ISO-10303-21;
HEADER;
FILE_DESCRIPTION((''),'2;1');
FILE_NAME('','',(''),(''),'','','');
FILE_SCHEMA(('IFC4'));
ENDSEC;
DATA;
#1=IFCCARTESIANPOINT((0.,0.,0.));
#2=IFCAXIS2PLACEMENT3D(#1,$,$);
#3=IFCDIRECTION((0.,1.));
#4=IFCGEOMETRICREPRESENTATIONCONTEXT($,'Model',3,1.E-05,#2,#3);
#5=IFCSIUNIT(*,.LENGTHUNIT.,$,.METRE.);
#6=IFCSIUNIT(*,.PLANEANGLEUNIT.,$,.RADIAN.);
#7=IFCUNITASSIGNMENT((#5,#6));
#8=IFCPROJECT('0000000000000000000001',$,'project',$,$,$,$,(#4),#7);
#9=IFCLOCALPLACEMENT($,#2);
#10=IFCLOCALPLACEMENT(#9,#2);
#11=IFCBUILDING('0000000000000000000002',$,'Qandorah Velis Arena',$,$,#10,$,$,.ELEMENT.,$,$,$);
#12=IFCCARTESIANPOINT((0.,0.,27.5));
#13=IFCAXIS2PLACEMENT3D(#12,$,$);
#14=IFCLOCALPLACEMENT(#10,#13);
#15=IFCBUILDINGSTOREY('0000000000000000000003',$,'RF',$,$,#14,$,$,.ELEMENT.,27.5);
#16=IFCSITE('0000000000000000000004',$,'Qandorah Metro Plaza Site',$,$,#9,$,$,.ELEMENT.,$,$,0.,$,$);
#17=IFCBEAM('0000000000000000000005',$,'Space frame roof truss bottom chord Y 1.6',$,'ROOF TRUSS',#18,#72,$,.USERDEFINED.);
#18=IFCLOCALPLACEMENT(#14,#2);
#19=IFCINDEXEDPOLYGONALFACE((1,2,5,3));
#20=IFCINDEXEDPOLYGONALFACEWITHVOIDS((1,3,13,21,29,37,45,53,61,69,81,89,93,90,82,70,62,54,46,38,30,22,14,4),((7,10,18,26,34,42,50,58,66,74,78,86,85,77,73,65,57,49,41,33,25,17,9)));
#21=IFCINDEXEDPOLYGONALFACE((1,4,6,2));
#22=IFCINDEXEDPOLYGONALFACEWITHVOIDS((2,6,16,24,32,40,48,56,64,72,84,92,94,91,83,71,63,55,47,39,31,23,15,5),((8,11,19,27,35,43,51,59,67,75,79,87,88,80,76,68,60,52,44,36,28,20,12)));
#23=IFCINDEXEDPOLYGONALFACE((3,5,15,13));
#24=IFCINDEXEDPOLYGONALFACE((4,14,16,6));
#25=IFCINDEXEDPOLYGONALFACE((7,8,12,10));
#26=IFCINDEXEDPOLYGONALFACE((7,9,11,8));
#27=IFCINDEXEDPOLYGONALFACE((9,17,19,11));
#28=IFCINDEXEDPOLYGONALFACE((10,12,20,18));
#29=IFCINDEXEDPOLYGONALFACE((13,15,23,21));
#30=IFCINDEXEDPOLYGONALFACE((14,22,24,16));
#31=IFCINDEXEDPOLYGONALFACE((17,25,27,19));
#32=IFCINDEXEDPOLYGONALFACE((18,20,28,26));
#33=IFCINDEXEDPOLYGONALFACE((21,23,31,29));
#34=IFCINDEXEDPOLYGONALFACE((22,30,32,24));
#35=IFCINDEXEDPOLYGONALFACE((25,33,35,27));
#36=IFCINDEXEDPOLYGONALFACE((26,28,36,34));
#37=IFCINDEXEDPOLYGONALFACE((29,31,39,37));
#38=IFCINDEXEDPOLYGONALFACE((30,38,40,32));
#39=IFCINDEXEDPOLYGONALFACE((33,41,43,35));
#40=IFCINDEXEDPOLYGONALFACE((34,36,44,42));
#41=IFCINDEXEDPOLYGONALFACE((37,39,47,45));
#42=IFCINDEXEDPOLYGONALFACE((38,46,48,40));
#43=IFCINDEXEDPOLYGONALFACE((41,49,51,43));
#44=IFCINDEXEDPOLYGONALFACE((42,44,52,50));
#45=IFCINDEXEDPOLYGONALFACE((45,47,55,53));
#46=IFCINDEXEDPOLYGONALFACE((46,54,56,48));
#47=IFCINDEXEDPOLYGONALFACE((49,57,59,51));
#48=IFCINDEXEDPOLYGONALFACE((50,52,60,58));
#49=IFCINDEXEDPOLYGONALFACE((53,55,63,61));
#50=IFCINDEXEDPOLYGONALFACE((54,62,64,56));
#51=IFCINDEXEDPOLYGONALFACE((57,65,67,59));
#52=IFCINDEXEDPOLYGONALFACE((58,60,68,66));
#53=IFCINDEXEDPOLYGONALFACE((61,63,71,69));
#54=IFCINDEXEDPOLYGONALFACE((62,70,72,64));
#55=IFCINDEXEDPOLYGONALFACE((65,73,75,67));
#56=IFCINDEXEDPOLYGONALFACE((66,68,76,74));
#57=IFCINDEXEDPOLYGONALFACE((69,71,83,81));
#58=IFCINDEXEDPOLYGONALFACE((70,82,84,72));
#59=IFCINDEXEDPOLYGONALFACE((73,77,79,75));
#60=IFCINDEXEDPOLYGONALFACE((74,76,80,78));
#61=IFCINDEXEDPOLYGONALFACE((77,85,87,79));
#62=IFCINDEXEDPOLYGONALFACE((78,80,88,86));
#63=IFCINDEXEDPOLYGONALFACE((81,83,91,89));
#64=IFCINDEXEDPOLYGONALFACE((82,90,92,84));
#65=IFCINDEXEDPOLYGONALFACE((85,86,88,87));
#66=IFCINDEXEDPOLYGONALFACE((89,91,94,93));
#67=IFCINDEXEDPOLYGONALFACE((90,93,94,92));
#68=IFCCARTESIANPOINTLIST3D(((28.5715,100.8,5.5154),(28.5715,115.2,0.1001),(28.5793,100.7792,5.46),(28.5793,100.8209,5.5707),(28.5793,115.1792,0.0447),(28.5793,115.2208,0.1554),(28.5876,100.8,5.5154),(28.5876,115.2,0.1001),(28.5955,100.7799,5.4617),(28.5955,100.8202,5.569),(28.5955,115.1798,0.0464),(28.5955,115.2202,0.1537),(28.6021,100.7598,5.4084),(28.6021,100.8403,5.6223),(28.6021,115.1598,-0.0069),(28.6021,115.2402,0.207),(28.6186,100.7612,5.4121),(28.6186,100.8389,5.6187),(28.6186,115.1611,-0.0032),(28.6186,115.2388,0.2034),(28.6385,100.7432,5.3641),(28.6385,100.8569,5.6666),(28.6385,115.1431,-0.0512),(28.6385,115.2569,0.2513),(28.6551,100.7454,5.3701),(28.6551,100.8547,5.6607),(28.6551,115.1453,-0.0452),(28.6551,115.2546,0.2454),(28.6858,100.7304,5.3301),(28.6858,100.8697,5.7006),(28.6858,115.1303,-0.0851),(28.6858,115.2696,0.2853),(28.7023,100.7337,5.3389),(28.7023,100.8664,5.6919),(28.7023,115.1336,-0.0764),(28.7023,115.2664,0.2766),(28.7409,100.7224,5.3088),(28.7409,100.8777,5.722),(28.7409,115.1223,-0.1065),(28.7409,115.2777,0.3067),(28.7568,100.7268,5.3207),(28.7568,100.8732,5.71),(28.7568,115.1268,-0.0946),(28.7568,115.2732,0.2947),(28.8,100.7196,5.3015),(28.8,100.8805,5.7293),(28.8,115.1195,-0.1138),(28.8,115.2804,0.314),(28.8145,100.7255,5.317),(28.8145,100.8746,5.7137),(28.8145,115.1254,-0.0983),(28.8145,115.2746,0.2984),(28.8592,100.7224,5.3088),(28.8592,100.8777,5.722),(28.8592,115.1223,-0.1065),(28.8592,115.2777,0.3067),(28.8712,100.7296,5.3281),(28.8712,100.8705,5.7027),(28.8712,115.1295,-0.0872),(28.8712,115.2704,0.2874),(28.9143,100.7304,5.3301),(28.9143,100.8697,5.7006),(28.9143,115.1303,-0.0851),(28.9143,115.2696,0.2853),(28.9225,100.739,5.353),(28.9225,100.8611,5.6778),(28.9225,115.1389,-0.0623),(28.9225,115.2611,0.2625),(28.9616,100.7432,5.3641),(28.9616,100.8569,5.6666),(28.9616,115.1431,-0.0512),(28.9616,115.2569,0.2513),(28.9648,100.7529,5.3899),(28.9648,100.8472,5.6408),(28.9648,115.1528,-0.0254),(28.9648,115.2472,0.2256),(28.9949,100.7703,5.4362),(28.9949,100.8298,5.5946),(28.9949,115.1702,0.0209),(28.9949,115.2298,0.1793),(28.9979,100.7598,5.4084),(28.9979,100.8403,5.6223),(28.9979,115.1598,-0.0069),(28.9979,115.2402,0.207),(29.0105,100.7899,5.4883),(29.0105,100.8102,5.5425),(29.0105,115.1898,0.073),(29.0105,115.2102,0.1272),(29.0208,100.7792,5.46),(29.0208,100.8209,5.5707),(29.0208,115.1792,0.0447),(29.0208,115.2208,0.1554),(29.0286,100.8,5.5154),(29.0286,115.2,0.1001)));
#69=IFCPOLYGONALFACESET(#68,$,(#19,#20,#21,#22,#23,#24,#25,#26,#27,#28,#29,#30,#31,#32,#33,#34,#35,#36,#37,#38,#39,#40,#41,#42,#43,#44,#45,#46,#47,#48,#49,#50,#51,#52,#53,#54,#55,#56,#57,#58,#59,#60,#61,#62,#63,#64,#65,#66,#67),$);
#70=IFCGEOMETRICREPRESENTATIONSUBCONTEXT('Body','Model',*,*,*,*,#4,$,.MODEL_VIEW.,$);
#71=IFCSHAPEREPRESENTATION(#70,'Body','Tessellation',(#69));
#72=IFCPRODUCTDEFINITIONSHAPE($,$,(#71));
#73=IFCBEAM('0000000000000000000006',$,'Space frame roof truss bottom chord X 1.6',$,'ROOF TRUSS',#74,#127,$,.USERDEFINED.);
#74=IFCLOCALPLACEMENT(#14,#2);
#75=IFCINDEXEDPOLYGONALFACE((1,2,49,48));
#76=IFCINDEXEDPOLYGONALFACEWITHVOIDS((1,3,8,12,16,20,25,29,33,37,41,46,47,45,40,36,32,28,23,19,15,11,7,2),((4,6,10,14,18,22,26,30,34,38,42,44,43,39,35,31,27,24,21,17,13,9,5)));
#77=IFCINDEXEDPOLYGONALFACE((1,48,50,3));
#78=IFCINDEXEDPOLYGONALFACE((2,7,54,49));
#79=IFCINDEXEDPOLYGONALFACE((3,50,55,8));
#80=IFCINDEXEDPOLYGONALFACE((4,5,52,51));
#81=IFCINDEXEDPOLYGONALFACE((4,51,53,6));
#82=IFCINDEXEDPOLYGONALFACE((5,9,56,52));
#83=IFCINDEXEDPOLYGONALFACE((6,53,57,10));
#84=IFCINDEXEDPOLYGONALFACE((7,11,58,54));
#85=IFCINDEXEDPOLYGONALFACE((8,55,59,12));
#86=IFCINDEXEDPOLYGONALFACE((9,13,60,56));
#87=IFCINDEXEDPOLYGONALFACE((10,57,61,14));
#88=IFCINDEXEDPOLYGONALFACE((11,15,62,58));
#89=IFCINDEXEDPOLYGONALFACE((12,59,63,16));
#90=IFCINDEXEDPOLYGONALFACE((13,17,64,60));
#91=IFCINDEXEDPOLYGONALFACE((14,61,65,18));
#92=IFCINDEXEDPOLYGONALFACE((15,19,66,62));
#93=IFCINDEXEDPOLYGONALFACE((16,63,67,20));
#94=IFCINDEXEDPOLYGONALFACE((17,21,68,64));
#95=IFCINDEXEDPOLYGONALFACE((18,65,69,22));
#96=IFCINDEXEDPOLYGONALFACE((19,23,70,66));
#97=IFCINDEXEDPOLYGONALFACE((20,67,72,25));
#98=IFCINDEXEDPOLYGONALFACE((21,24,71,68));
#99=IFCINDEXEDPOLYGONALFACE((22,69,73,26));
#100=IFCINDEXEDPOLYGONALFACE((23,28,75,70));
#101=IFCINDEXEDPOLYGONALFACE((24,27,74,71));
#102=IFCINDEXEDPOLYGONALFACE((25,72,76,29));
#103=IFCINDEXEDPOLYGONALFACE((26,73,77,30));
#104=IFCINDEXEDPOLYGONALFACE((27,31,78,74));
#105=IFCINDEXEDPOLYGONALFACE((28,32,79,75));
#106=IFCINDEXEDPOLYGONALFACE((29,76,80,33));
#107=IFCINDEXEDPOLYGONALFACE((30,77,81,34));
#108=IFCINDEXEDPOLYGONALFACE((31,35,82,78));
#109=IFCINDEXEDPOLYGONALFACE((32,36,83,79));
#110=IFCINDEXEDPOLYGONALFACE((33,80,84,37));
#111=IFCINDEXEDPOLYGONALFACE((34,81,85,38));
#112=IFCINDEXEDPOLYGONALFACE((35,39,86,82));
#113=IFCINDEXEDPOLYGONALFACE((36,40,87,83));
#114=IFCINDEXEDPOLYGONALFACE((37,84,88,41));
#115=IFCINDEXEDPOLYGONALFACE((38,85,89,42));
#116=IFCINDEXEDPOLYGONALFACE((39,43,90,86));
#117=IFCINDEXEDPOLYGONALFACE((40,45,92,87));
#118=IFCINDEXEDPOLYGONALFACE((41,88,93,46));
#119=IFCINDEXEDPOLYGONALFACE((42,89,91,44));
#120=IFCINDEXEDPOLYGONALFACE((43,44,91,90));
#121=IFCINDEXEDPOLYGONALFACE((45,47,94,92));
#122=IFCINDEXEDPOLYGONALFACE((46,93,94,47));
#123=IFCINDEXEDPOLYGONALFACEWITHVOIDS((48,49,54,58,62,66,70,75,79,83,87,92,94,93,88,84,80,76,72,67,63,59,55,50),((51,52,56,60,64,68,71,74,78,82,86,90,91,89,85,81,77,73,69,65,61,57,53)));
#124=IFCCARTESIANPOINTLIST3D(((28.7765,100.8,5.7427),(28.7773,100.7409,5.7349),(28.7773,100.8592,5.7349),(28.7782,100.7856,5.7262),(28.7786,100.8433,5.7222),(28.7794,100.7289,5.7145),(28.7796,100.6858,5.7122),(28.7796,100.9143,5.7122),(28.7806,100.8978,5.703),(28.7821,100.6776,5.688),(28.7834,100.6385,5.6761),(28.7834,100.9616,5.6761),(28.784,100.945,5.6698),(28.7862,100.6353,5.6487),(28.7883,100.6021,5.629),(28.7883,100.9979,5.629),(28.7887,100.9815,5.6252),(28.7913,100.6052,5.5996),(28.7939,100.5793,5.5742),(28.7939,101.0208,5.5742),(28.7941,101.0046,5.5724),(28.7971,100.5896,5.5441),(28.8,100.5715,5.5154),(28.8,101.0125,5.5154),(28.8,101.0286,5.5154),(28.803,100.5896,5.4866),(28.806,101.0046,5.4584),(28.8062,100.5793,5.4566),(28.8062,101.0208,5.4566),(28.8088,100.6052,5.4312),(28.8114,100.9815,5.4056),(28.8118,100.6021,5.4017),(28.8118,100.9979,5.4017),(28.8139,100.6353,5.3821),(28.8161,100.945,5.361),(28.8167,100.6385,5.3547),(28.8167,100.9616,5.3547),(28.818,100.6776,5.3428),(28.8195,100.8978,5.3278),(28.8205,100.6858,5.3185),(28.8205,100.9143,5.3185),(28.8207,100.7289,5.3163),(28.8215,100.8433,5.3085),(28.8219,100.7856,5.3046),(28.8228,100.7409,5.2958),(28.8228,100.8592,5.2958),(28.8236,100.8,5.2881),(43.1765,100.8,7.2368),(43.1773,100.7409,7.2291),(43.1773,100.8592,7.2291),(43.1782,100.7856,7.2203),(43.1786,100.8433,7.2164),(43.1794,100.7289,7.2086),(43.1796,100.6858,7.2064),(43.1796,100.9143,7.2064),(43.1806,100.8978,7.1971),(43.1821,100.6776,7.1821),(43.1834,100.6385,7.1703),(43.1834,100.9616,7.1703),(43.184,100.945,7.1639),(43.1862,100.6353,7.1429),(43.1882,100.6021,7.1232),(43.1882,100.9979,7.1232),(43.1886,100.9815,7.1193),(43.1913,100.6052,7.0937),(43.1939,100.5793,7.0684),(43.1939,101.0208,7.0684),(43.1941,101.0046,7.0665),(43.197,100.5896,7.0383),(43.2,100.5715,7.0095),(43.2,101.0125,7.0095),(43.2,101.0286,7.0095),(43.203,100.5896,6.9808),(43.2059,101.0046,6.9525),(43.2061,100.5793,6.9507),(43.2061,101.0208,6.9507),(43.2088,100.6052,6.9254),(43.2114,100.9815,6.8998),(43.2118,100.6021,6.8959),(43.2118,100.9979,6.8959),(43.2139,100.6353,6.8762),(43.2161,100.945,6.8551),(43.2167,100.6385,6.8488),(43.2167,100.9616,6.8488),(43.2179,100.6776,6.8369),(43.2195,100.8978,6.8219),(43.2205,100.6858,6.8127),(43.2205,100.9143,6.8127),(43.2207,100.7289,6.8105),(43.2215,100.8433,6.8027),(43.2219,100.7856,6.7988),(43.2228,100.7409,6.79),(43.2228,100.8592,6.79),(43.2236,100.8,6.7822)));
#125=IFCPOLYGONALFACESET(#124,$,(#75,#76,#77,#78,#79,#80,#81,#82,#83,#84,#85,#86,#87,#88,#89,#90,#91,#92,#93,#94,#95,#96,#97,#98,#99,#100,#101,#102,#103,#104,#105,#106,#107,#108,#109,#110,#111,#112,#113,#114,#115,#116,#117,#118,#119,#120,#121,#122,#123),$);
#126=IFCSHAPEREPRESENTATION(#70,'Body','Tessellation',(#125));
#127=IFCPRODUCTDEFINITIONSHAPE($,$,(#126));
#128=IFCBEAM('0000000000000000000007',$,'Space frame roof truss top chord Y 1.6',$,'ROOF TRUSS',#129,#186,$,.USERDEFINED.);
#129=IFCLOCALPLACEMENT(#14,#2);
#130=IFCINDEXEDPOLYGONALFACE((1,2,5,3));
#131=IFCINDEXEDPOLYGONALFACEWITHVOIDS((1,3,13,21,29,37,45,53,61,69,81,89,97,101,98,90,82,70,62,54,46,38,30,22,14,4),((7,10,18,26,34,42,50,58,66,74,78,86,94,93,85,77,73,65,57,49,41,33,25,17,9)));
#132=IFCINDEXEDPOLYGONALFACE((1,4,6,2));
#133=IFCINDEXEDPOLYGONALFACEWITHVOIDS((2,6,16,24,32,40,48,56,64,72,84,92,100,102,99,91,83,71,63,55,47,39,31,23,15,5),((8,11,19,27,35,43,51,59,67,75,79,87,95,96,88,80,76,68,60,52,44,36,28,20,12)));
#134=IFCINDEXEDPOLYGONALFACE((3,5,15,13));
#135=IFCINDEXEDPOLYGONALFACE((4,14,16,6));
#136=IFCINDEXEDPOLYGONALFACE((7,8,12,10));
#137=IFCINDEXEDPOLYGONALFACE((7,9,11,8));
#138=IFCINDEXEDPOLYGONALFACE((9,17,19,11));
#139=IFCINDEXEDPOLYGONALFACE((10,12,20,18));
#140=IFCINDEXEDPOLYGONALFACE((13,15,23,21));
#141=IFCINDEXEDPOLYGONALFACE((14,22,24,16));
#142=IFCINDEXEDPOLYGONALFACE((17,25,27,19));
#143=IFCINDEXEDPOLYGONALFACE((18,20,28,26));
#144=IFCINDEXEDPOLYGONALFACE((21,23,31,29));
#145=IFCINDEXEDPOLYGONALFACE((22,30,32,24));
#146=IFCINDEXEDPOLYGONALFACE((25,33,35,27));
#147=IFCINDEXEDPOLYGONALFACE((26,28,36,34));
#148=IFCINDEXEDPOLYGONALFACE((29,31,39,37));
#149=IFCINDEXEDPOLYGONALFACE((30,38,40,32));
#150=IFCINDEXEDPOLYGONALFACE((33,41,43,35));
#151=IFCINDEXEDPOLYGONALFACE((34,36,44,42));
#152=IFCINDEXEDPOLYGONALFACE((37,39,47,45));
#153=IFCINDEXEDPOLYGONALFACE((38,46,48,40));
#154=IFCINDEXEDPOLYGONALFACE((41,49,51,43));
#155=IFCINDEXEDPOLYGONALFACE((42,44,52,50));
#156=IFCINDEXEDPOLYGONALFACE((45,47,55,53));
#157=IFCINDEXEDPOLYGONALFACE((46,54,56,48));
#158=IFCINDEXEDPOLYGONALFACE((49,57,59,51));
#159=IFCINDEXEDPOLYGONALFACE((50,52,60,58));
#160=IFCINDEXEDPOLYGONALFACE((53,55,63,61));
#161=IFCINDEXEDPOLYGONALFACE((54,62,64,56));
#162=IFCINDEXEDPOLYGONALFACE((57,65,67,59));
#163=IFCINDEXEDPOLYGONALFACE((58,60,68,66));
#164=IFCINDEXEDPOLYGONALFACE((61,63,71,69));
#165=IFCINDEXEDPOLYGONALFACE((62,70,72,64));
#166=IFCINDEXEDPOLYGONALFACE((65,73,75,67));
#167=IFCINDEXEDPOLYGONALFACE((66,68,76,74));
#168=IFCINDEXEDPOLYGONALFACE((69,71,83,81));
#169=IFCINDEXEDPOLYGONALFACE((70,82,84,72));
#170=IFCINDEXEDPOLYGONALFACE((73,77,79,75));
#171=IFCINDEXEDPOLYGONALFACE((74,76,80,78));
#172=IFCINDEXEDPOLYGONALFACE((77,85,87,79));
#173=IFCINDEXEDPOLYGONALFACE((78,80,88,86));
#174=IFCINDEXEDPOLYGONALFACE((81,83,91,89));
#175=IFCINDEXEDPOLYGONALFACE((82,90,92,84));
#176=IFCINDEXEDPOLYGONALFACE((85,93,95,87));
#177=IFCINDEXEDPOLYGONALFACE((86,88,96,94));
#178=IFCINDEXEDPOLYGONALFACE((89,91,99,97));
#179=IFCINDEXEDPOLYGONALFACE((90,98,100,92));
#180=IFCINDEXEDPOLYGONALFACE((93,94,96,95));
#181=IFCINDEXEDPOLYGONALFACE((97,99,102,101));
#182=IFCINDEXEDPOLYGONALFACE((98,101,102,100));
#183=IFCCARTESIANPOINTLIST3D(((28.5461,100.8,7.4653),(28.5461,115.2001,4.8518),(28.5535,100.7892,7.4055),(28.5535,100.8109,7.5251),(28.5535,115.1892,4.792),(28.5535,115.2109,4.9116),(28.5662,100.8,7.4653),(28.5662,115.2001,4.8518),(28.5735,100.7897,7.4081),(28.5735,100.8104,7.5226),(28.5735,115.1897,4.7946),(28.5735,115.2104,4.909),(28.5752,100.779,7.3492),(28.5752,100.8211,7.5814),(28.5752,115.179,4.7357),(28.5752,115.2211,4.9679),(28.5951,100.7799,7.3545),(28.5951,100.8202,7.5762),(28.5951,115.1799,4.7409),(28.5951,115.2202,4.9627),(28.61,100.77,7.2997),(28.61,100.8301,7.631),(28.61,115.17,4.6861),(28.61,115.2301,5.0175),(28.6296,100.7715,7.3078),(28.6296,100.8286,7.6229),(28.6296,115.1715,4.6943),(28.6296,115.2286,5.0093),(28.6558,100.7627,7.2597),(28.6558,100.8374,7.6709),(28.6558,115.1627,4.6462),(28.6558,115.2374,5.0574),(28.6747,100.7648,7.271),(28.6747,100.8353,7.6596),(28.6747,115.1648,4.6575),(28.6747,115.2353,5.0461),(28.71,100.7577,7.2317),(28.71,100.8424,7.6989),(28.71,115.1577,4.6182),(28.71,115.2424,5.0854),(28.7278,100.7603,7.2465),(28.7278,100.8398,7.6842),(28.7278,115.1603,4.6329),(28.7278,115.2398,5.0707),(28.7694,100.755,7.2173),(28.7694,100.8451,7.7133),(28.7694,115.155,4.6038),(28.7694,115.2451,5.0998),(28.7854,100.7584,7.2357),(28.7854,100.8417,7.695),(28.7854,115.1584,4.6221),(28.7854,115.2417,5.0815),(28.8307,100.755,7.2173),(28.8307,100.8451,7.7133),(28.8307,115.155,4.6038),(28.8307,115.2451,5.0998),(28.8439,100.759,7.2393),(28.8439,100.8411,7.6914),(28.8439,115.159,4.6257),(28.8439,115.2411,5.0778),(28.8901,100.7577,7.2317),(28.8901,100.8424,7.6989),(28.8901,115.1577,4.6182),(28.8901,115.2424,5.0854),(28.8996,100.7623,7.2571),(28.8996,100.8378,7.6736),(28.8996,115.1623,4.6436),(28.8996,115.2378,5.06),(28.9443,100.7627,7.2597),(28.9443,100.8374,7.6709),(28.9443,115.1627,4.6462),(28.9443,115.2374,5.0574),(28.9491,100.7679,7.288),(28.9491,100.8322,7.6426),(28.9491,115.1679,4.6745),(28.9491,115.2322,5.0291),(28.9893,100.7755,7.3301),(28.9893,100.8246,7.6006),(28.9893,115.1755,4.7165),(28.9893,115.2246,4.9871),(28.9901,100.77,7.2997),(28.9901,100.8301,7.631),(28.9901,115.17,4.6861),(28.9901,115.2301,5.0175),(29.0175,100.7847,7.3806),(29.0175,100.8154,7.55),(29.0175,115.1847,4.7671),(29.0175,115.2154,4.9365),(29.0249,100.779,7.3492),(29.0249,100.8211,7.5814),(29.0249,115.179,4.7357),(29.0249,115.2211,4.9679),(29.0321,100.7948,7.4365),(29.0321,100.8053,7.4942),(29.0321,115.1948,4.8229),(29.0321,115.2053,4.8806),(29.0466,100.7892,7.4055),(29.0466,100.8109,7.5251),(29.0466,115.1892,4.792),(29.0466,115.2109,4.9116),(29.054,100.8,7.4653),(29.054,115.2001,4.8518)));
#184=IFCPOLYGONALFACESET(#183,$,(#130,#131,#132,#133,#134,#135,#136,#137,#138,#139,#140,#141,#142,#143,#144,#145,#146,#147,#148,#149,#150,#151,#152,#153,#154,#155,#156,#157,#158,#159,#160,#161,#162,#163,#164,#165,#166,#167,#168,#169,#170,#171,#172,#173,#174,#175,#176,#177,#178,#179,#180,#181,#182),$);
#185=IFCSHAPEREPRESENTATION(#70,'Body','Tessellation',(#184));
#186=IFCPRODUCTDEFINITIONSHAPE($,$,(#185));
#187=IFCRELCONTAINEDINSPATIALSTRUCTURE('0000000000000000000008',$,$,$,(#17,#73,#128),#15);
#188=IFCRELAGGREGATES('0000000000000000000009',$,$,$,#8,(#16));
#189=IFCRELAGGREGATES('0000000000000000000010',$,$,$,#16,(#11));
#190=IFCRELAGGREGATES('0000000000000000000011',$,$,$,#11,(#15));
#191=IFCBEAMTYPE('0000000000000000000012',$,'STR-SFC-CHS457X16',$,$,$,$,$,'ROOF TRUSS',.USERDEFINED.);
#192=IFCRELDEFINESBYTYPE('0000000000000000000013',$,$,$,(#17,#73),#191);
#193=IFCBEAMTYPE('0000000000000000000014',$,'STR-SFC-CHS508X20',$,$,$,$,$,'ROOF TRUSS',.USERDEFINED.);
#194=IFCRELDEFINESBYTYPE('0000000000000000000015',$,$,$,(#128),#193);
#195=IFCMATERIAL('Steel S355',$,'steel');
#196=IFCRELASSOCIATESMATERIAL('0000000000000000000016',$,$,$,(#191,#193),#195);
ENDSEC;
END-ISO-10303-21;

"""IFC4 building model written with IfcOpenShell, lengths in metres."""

from ifc_helpers import new_model, si_unit, direction, frame, origin, origin_2d, place, context, subcontext, project, spatial, hollow_circle, extrude, material, material_profile, profile_set, type_object, element, save


model = new_model("IFC4")

# Units and contexts
model_context = context("Model", 3, precision=1e-05, world=origin(), true_north=direction((0.0, 1.0)))
body_context = subcontext(model_context, "Body", "Model", "MODEL_VIEW")
ifc_project = project(units=[si_unit("LENGTHUNIT", "METRE"), si_unit("PLANEANGLEUNIT", "RADIAN")], contexts=[model_context])

# Site, building, storey
site_placement = place(None, origin())
site = spatial("IfcSite", under=ifc_project, at=site_placement, Name="Qandorah Metro Plaza Site", CompositionType="ELEMENT", RefElevation=0.0)
building_placement = place(site_placement, origin())
building = spatial("IfcBuilding", under=site, at=building_placement, Name="Qandorah Velis Arena", CompositionType="ELEMENT")
storey_placement = place(building_placement, frame((0.0, 0.0, 27.5)))
storey = spatial("IfcBuildingStorey", under=building, at=storey_placement, Name="RF", CompositionType="ELEMENT", Elevation=27.5)

# Beams
ifc_material_1 = material(Name="Steel S355", Category="steel")
ifc_material_profile_1 = material_profile(ifc_material_1, hollow_circle(Radius=0.2285, WallThickness=0.0161, at=origin_2d()), Name="CHS 457x16")
ifc_profile_set_1 = profile_set([ifc_material_profile_1], Name="Steel S355")
beam_type_1 = type_object("IfcBeamType", Name="STR-SFC-CHS457X16", ElementType="ROOF TRUSS", PredefinedType="USERDEFINED", material=ifc_profile_set_1)
beam_1_placement = place(storey_placement, frame((28.8, 100.8, 5.5154), z_axis=(0.0, 0.936001, -0.351996), x_axis=(-1.0, 0.0, 0.0)))
element("IfcBeam", 1, at=beam_1_placement, inside=storey, type_object=beam_type_1, Name="Space frame roof truss bottom chord Y 1.6", ObjectType="ROOF TRUSS", PredefinedType="USERDEFINED", context=body_context, shape_type="SweptSolid", body=[
    extrude(hollow_circle(Radius=0.2285, WallThickness=0.0161, at=origin_2d()), origin(), (0.0, 0.0, 1.0), 15.3845),
])
beam_2_placement = place(storey_placement, frame((28.8, 100.8, 5.5154), z_axis=(0.99466, 0.0, 0.103206), x_axis=(0.0, 1.0, 0.0)))
element("IfcBeam", 2, at=beam_2_placement, inside=storey, type_object=beam_type_1, Name="Space frame roof truss bottom chord X 1.6", ObjectType="ROOF TRUSS", PredefinedType="USERDEFINED", context=body_context, shape_type="SweptSolid", body=[
    extrude(hollow_circle(Radius=0.2285, WallThickness=0.0161, at=origin_2d()), origin(), (0.0, 0.0, 1.0), 14.4773),
])
ifc_material_profile_2 = material_profile(ifc_material_1, hollow_circle(Radius=0.2539, WallThickness=0.02, at=origin_2d()), Name="CHS 508x20")
ifc_profile_set_2 = profile_set([ifc_material_profile_2], Name="Steel S355")
beam_type_2 = type_object("IfcBeamType", Name="STR-SFC-CHS508X20", ElementType="ROOF TRUSS", PredefinedType="USERDEFINED", material=ifc_profile_set_2)
beam_3_placement = place(storey_placement, frame((28.8, 100.8, 7.4653), z_axis=(0.0, 0.983926, -0.178579), x_axis=(-1.0, 0.0, 0.0)))
element("IfcBeam", 3, at=beam_3_placement, inside=storey, type_object=beam_type_2, Name="Space frame roof truss top chord Y 1.6", ObjectType="ROOF TRUSS", PredefinedType="USERDEFINED", context=body_context, shape_type="SweptSolid", body=[
    extrude(hollow_circle(Radius=0.2539, WallThickness=0.02, at=origin_2d()), origin(), (0.0, 0.0, 1.0), 14.6353),
])

save(model, "model.ifc")
